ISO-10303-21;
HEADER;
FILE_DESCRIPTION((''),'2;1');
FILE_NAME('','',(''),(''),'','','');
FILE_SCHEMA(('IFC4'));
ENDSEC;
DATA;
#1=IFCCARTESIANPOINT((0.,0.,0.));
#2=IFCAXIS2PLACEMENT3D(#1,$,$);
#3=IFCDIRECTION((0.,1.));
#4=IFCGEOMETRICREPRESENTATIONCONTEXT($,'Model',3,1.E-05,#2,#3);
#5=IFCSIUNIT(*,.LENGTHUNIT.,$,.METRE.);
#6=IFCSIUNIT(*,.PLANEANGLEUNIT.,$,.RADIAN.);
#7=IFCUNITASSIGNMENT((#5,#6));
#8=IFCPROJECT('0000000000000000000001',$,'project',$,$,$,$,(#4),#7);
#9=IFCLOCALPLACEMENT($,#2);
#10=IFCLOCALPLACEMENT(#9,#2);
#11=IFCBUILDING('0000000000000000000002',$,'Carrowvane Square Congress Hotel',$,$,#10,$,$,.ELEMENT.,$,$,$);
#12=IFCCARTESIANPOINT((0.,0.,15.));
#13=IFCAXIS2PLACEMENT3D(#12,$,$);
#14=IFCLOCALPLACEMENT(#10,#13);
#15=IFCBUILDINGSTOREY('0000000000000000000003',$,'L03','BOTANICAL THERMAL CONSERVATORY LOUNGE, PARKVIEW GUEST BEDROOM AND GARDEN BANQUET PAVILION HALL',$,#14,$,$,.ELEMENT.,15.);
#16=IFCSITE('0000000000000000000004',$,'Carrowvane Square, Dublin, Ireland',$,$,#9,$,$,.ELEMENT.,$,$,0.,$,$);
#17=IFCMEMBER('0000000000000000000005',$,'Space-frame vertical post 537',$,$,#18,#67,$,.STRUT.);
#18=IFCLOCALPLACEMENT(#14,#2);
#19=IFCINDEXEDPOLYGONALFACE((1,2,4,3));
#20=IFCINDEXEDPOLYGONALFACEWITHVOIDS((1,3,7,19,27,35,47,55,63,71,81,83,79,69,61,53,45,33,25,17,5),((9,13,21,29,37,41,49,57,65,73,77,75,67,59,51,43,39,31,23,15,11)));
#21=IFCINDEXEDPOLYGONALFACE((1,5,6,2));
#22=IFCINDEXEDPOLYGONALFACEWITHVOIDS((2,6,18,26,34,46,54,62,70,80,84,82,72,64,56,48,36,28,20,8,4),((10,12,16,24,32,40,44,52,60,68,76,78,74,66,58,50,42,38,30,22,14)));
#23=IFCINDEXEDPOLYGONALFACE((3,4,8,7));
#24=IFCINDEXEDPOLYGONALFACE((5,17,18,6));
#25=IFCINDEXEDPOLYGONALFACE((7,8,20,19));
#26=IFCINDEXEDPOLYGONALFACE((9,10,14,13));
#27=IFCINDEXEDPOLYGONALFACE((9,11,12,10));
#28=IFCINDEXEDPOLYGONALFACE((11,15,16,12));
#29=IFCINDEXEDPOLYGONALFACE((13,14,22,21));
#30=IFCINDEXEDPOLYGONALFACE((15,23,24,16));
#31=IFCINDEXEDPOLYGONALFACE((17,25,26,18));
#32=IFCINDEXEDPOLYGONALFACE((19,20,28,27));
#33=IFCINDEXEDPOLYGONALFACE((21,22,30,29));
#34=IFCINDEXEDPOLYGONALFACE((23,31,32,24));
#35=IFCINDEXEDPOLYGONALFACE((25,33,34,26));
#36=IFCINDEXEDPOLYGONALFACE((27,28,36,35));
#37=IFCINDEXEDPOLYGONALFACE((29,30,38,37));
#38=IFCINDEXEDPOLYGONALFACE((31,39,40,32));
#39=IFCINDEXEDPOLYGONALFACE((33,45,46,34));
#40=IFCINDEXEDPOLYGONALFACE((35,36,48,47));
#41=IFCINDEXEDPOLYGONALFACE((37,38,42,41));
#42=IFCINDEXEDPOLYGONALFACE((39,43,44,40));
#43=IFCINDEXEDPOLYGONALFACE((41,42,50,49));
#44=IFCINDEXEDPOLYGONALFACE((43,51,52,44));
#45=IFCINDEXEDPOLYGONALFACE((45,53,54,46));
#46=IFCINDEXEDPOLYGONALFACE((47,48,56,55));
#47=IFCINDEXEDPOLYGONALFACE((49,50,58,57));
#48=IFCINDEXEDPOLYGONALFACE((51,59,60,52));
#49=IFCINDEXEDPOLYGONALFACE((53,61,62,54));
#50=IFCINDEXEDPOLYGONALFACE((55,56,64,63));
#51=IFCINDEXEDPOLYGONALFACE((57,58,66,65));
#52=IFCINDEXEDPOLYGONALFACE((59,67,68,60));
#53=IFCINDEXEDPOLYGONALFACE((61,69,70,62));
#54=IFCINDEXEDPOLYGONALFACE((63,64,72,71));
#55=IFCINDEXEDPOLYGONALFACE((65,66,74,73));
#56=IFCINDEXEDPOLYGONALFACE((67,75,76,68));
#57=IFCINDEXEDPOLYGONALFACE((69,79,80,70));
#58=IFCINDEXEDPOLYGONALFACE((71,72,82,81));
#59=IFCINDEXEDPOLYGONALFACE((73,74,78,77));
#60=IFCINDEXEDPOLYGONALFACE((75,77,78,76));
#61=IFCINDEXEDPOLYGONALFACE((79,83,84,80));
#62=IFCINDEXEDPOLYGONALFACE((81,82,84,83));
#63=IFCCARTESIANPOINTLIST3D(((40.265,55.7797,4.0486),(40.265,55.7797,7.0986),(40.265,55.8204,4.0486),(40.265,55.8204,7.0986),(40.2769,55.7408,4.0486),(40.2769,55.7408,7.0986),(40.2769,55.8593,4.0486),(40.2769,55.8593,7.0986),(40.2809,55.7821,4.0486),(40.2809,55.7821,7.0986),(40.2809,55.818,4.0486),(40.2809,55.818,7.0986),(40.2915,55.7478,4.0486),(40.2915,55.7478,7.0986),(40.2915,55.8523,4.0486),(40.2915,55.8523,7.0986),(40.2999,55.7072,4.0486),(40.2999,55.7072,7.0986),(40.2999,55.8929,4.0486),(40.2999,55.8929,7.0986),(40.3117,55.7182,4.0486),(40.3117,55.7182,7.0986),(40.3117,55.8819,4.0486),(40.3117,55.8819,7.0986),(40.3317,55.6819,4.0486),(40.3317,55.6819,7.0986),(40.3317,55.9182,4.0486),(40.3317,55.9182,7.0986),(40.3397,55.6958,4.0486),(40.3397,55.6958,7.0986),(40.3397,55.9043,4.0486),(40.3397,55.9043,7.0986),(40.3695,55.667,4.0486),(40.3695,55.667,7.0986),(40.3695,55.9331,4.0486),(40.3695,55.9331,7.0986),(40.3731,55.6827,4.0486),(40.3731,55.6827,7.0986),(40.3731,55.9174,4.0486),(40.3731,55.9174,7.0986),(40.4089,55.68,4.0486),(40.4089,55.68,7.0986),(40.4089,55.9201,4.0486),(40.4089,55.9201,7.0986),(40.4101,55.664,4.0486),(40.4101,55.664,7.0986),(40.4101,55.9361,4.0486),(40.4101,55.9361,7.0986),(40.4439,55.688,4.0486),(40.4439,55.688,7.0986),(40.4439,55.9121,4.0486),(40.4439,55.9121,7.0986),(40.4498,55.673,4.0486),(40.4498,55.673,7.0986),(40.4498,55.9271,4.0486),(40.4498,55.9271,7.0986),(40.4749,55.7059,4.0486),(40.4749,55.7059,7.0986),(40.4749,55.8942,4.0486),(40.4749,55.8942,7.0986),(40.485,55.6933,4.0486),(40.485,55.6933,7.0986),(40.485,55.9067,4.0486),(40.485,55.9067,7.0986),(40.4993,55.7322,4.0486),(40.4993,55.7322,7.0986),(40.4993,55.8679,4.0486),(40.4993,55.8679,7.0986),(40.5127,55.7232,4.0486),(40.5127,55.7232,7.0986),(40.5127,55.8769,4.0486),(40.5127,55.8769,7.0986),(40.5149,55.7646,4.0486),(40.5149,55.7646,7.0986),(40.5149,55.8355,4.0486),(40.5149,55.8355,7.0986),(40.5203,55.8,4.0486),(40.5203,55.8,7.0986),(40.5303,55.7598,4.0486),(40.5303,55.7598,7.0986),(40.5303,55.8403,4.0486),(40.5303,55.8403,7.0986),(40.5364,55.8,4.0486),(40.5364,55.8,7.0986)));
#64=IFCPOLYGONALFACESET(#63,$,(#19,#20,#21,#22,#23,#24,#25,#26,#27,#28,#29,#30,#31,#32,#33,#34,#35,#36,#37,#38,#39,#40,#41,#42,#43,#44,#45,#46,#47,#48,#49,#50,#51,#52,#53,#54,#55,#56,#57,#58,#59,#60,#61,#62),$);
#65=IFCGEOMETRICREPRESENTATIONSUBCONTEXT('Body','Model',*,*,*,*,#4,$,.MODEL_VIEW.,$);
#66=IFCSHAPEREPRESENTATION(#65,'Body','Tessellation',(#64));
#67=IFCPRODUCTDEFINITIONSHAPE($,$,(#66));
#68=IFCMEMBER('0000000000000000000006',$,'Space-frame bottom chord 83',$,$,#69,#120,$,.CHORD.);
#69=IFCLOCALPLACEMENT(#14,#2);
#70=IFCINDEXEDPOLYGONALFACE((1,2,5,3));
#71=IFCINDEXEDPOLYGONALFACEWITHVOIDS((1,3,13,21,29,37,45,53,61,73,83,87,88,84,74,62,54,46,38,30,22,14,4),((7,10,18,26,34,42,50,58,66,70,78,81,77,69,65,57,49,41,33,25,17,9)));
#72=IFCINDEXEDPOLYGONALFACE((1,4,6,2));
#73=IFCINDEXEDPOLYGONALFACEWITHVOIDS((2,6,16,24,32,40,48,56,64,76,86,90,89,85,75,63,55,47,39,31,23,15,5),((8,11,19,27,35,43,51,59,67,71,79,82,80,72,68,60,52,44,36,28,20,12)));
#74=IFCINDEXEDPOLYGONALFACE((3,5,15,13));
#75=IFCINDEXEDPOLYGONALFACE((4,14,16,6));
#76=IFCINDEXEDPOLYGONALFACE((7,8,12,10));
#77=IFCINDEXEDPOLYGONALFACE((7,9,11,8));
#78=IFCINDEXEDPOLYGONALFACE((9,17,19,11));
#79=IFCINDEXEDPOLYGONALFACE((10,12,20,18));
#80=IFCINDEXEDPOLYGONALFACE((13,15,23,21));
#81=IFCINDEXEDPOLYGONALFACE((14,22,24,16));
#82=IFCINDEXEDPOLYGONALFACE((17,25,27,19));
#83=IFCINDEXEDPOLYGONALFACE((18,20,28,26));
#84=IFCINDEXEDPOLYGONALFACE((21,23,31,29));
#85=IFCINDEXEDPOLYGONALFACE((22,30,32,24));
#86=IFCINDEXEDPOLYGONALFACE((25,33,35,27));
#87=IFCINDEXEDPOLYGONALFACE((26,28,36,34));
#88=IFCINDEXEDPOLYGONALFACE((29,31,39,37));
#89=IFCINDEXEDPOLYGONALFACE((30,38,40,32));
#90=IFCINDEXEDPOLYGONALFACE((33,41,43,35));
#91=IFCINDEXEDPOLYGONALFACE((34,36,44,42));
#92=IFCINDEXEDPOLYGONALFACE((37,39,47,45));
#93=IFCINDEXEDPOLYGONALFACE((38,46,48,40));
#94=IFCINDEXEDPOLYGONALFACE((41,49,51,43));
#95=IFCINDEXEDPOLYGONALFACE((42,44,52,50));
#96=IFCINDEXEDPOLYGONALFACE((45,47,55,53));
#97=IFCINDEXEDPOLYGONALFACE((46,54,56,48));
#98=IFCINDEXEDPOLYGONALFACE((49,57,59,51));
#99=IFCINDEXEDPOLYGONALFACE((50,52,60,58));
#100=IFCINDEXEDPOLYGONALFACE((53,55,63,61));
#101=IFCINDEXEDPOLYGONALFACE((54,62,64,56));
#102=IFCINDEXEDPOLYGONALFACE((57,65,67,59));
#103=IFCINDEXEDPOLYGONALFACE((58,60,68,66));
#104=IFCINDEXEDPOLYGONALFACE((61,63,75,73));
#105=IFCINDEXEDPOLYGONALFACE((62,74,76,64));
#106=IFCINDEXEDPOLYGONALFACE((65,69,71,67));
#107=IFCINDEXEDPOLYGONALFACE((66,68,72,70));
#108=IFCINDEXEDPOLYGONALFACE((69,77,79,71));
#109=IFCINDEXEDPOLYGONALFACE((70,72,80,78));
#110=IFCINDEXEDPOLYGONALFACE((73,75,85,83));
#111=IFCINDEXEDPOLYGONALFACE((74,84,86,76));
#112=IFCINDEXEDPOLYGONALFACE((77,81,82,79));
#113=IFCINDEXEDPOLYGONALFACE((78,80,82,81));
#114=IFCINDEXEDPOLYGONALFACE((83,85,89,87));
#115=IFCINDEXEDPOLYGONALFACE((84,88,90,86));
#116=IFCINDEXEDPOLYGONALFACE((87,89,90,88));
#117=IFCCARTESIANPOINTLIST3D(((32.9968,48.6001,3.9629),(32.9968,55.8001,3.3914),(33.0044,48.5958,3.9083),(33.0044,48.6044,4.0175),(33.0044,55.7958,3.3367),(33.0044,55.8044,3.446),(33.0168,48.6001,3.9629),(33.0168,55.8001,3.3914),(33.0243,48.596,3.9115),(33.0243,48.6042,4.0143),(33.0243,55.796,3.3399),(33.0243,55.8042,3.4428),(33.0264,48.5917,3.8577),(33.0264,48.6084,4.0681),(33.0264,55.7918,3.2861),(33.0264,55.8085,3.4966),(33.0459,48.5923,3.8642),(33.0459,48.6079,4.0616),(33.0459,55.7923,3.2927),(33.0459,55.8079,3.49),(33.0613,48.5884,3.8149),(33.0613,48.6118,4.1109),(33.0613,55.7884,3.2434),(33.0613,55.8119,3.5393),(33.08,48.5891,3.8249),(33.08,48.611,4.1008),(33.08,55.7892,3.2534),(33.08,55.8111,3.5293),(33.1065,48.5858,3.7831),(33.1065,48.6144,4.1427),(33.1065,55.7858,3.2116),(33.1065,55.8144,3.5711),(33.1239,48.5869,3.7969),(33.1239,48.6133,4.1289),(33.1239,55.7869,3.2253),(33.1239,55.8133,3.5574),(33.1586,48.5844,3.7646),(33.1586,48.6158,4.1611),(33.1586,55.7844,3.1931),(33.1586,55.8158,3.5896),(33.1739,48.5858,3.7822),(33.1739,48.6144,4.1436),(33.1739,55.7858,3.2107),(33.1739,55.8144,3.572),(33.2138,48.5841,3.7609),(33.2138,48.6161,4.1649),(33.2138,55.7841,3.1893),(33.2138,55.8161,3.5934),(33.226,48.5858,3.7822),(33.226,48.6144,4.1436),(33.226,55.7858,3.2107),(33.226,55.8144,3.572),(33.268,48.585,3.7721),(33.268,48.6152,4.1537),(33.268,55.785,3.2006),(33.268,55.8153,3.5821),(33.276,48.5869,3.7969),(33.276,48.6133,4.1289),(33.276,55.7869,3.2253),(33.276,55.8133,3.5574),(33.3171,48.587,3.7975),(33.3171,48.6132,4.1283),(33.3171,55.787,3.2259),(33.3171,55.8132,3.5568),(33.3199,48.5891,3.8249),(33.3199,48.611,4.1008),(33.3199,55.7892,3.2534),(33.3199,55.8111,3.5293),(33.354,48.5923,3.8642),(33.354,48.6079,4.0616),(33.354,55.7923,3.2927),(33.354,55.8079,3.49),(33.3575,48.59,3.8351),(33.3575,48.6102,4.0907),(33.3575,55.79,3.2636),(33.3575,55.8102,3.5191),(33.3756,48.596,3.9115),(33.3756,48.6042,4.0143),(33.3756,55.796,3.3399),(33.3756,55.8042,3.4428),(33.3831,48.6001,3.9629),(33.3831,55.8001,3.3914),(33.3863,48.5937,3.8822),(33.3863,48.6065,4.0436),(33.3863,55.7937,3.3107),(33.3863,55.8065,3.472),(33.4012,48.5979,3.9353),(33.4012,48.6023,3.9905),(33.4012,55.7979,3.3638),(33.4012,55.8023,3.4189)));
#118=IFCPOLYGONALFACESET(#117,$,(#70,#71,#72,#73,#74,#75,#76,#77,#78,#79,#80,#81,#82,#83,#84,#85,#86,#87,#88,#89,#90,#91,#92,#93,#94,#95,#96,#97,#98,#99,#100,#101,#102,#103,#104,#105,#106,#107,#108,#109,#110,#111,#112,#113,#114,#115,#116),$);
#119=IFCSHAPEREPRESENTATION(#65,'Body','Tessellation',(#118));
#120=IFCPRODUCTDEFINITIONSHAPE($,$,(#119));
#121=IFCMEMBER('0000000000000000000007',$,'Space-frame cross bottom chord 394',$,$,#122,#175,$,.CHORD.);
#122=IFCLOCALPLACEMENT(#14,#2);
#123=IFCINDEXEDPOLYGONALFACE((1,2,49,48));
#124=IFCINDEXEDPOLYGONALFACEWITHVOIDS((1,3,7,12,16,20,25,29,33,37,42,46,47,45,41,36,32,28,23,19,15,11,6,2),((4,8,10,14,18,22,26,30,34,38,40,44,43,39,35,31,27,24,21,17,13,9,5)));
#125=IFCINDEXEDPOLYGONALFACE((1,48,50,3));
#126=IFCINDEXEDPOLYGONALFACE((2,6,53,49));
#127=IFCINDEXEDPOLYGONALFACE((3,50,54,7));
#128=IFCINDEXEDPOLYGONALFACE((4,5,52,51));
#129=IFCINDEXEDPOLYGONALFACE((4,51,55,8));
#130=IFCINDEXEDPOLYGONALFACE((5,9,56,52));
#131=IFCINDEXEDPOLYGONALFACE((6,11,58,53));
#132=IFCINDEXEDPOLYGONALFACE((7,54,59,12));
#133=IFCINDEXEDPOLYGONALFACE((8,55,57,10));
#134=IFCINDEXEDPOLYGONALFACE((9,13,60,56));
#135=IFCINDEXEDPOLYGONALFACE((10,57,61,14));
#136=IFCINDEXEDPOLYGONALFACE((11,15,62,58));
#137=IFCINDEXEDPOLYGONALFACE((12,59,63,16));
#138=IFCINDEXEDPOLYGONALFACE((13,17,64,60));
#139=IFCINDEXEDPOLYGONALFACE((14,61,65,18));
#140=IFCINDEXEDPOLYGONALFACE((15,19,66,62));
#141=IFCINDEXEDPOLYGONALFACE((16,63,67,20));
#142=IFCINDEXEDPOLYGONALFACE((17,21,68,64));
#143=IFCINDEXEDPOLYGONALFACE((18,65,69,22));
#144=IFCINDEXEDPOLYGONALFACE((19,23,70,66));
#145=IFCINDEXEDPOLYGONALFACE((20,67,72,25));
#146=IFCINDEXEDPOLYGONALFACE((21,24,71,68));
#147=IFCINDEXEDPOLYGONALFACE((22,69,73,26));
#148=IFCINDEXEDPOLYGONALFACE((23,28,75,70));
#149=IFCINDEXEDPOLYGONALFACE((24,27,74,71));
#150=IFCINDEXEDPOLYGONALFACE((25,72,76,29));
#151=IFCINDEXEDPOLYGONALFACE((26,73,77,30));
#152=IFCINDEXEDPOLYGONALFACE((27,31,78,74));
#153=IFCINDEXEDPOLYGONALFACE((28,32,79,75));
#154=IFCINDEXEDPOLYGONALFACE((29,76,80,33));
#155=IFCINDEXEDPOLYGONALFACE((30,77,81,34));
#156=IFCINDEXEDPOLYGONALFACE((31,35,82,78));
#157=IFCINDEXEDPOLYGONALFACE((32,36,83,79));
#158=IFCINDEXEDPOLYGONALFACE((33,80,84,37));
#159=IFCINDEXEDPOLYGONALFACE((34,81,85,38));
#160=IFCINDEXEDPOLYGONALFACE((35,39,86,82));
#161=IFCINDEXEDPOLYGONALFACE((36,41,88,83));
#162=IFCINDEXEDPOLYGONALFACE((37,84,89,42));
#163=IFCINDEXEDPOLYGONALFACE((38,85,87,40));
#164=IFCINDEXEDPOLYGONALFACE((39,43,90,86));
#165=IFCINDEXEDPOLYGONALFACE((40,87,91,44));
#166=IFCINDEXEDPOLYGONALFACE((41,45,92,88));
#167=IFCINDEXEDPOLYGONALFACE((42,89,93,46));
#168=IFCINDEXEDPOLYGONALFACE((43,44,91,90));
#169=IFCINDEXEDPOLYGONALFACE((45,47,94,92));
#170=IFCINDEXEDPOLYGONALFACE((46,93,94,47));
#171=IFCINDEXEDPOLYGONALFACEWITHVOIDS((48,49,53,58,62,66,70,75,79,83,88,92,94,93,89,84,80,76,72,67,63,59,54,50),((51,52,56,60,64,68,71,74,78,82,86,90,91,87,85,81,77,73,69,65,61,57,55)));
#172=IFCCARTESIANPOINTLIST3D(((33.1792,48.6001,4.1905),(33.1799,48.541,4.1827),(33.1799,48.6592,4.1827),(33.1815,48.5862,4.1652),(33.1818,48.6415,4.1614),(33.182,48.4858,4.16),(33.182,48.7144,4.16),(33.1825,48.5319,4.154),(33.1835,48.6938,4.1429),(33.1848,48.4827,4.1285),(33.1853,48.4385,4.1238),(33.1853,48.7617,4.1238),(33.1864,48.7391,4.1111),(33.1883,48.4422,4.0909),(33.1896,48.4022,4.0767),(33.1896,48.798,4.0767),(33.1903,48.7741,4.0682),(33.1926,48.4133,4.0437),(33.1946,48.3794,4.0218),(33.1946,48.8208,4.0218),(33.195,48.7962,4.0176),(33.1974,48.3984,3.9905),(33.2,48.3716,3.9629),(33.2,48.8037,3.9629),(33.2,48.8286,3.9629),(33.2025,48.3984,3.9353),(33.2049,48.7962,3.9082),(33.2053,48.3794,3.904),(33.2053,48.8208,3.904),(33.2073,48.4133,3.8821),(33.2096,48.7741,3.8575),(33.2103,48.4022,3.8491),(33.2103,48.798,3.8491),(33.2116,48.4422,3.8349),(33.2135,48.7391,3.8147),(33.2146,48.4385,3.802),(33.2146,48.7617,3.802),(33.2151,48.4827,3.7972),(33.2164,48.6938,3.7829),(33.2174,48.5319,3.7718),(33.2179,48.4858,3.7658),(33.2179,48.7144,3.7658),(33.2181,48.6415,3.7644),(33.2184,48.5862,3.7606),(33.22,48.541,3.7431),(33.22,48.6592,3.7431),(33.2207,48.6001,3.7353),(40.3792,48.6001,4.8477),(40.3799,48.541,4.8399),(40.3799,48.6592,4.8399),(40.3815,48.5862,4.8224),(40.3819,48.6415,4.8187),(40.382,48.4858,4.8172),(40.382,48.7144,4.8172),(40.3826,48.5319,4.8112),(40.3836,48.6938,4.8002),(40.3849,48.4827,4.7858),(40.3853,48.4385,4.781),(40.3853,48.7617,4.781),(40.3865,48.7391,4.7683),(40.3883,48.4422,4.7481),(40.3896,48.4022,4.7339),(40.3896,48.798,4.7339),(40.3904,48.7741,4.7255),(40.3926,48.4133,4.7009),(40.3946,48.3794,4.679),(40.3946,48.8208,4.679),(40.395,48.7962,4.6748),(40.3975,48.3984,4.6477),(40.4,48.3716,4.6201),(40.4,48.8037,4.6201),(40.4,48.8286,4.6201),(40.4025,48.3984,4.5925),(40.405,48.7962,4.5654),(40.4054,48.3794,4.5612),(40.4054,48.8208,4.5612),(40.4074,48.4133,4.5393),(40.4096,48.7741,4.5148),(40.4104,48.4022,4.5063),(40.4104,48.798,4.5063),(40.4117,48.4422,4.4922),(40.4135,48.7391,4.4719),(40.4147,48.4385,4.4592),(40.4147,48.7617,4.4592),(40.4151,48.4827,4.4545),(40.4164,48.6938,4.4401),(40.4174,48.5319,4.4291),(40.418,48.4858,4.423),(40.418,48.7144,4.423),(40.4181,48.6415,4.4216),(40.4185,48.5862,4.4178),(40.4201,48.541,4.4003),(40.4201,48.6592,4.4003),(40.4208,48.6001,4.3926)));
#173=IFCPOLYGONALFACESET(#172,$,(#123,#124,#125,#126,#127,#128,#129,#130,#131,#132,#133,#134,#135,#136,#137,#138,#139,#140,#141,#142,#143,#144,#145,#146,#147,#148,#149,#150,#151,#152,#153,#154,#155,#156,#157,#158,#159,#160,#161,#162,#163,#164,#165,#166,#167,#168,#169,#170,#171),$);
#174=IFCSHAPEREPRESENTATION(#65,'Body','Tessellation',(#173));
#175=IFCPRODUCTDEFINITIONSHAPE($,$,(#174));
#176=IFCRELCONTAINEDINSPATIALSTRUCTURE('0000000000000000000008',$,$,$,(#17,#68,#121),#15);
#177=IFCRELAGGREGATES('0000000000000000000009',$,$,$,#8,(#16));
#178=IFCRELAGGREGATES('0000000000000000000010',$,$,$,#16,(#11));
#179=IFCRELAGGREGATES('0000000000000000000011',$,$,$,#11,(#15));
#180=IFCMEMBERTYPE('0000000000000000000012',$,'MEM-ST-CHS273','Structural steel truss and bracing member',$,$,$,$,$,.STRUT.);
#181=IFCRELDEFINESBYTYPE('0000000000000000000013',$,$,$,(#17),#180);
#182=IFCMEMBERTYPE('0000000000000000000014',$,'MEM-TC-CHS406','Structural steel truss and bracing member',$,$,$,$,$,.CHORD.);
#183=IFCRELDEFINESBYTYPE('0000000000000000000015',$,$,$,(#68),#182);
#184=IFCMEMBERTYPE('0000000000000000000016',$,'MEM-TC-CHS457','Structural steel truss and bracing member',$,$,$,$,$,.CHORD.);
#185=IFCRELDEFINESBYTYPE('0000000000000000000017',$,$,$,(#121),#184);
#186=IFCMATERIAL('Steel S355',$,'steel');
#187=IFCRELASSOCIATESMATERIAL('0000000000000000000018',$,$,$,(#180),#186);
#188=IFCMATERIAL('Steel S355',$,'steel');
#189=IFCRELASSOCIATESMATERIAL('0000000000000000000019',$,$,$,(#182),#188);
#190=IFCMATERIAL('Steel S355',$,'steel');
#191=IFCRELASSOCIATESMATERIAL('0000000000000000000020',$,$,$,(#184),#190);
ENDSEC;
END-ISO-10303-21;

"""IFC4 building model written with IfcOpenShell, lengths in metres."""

from ifc_helpers import new_model, si_unit, direction, frame, origin, origin_2d, place, context, subcontext, project, spatial, hollow_circle, extrude, material, material_profile, profile_set, type_object, element, save


model = new_model("IFC4")

# Units and contexts
model_context = context("Model", 3, precision=1e-05, world=origin(), true_north=direction((0.0, 1.0)))
body_context = subcontext(model_context, "Body", "Model", "MODEL_VIEW")
ifc_project = project(units=[si_unit("LENGTHUNIT", "METRE"), si_unit("PLANEANGLEUNIT", "RADIAN")], contexts=[model_context])

# Site, building, storey
site_placement = place(None, origin())
site = spatial("IfcSite", under=ifc_project, at=site_placement, Name="Carrowvane Square, Dublin, Ireland", CompositionType="ELEMENT", RefElevation=0.0)
building_placement = place(site_placement, origin())
building = spatial("IfcBuilding", under=site, at=building_placement, Name="Carrowvane Square Congress Hotel", CompositionType="ELEMENT")
storey_placement = place(building_placement, frame((0.0, 0.0, 15.0)))
storey = spatial("IfcBuildingStorey", under=building, at=storey_placement, Name="L03", Description="BOTANICAL THERMAL CONSERVATORY LOUNGE, PARKVIEW GUEST BEDROOM AND GARDEN BANQUET PAVILION HALL", CompositionType="ELEMENT", Elevation=15.0)

# Members
ifc_material_1 = material(Name="Steel S355", Category="steel")
ifc_material_profile_1 = material_profile(ifc_material_1, hollow_circle(Radius=0.1365, WallThickness=0.0161, at=origin_2d()), Name="CHS 273.0x16")
ifc_profile_set_1 = profile_set([ifc_material_profile_1], Name="Steel S355")
member_type_1 = type_object("IfcMemberType", Name="MEM-ST-CHS273", Description="Structural steel truss and bracing member", PredefinedType="STRUT", material=ifc_profile_set_1)
for number, where, z_axis, x_axis, name in (
    (1, (40.3999, 55.8, 4.0486), (0.0, 0.0, 1.0), (1.0, 0.0, 0.0), "Space-frame vertical post 537"),
):
    element("IfcMember", number, at=place(storey_placement, frame(where, z_axis=z_axis, x_axis=x_axis)), inside=storey, type_object=member_type_1, Name=name, PredefinedType="STRUT", context=body_context, shape_type="SweptSolid", body=[
        extrude(hollow_circle(Radius=0.1365, WallThickness=0.0161, at=origin_2d()), origin(), (0.0, 0.0, 1.0), 3.05),
    ])
ifc_material_2 = material(Name="Steel S355", Category="steel")
ifc_material_profile_2 = material_profile(ifc_material_2, hollow_circle(Radius=0.2031, WallThickness=0.02, at=origin_2d()), Name="CHS 406.4x20")
ifc_profile_set_2 = profile_set([ifc_material_profile_2], Name="Steel S355")
member_type_2 = type_object("IfcMemberType", Name="MEM-TC-CHS406", Description="Structural steel truss and bracing member", PredefinedType="CHORD", material=ifc_profile_set_2)
member_1_placement = place(storey_placement, frame((33.2, 48.6001, 3.9629), z_axis=(0.0, 0.996864, -0.079131), x_axis=(-1.0, 0.0, 0.0)))
element("IfcMember", 2, at=member_1_placement, inside=storey, type_object=member_type_2, Name="Space-frame bottom chord 83", PredefinedType="CHORD", context=body_context, shape_type="SweptSolid", body=[
    extrude(hollow_circle(Radius=0.2031, WallThickness=0.02, at=origin_2d()), origin(), (0.0, 0.0, 1.0), 7.2227),
])
ifc_material_3 = material(Name="Steel S355", Category="steel")
ifc_material_profile_3 = material_profile(ifc_material_3, hollow_circle(Radius=0.2285, WallThickness=0.0249, at=origin_2d()), Name="CHS 457.0x25")
ifc_profile_set_3 = profile_set([ifc_material_profile_3], Name="Steel S355")
member_type_3 = type_object("IfcMemberType", Name="MEM-TC-CHS457", Description="Structural steel truss and bracing member", PredefinedType="CHORD", material=ifc_profile_set_3)
for number, where, z_axis, x_axis, name in (
    (3, (33.2, 48.6001, 3.9629), (0.99586, 0.0, 0.090904), (0.0, 1.0, 0.0), "Space-frame cross bottom chord 394"),
):
    element("IfcMember", number, at=place(storey_placement, frame(where, z_axis=z_axis, x_axis=x_axis)), inside=storey, type_object=member_type_3, Name=name, PredefinedType="CHORD", context=body_context, shape_type="SweptSolid", body=[
        extrude(hollow_circle(Radius=0.2285, WallThickness=0.0249, at=origin_2d()), origin(), (0.0, 0.0, 1.0), 7.23),
    ])

save(model, "model.ifc")
